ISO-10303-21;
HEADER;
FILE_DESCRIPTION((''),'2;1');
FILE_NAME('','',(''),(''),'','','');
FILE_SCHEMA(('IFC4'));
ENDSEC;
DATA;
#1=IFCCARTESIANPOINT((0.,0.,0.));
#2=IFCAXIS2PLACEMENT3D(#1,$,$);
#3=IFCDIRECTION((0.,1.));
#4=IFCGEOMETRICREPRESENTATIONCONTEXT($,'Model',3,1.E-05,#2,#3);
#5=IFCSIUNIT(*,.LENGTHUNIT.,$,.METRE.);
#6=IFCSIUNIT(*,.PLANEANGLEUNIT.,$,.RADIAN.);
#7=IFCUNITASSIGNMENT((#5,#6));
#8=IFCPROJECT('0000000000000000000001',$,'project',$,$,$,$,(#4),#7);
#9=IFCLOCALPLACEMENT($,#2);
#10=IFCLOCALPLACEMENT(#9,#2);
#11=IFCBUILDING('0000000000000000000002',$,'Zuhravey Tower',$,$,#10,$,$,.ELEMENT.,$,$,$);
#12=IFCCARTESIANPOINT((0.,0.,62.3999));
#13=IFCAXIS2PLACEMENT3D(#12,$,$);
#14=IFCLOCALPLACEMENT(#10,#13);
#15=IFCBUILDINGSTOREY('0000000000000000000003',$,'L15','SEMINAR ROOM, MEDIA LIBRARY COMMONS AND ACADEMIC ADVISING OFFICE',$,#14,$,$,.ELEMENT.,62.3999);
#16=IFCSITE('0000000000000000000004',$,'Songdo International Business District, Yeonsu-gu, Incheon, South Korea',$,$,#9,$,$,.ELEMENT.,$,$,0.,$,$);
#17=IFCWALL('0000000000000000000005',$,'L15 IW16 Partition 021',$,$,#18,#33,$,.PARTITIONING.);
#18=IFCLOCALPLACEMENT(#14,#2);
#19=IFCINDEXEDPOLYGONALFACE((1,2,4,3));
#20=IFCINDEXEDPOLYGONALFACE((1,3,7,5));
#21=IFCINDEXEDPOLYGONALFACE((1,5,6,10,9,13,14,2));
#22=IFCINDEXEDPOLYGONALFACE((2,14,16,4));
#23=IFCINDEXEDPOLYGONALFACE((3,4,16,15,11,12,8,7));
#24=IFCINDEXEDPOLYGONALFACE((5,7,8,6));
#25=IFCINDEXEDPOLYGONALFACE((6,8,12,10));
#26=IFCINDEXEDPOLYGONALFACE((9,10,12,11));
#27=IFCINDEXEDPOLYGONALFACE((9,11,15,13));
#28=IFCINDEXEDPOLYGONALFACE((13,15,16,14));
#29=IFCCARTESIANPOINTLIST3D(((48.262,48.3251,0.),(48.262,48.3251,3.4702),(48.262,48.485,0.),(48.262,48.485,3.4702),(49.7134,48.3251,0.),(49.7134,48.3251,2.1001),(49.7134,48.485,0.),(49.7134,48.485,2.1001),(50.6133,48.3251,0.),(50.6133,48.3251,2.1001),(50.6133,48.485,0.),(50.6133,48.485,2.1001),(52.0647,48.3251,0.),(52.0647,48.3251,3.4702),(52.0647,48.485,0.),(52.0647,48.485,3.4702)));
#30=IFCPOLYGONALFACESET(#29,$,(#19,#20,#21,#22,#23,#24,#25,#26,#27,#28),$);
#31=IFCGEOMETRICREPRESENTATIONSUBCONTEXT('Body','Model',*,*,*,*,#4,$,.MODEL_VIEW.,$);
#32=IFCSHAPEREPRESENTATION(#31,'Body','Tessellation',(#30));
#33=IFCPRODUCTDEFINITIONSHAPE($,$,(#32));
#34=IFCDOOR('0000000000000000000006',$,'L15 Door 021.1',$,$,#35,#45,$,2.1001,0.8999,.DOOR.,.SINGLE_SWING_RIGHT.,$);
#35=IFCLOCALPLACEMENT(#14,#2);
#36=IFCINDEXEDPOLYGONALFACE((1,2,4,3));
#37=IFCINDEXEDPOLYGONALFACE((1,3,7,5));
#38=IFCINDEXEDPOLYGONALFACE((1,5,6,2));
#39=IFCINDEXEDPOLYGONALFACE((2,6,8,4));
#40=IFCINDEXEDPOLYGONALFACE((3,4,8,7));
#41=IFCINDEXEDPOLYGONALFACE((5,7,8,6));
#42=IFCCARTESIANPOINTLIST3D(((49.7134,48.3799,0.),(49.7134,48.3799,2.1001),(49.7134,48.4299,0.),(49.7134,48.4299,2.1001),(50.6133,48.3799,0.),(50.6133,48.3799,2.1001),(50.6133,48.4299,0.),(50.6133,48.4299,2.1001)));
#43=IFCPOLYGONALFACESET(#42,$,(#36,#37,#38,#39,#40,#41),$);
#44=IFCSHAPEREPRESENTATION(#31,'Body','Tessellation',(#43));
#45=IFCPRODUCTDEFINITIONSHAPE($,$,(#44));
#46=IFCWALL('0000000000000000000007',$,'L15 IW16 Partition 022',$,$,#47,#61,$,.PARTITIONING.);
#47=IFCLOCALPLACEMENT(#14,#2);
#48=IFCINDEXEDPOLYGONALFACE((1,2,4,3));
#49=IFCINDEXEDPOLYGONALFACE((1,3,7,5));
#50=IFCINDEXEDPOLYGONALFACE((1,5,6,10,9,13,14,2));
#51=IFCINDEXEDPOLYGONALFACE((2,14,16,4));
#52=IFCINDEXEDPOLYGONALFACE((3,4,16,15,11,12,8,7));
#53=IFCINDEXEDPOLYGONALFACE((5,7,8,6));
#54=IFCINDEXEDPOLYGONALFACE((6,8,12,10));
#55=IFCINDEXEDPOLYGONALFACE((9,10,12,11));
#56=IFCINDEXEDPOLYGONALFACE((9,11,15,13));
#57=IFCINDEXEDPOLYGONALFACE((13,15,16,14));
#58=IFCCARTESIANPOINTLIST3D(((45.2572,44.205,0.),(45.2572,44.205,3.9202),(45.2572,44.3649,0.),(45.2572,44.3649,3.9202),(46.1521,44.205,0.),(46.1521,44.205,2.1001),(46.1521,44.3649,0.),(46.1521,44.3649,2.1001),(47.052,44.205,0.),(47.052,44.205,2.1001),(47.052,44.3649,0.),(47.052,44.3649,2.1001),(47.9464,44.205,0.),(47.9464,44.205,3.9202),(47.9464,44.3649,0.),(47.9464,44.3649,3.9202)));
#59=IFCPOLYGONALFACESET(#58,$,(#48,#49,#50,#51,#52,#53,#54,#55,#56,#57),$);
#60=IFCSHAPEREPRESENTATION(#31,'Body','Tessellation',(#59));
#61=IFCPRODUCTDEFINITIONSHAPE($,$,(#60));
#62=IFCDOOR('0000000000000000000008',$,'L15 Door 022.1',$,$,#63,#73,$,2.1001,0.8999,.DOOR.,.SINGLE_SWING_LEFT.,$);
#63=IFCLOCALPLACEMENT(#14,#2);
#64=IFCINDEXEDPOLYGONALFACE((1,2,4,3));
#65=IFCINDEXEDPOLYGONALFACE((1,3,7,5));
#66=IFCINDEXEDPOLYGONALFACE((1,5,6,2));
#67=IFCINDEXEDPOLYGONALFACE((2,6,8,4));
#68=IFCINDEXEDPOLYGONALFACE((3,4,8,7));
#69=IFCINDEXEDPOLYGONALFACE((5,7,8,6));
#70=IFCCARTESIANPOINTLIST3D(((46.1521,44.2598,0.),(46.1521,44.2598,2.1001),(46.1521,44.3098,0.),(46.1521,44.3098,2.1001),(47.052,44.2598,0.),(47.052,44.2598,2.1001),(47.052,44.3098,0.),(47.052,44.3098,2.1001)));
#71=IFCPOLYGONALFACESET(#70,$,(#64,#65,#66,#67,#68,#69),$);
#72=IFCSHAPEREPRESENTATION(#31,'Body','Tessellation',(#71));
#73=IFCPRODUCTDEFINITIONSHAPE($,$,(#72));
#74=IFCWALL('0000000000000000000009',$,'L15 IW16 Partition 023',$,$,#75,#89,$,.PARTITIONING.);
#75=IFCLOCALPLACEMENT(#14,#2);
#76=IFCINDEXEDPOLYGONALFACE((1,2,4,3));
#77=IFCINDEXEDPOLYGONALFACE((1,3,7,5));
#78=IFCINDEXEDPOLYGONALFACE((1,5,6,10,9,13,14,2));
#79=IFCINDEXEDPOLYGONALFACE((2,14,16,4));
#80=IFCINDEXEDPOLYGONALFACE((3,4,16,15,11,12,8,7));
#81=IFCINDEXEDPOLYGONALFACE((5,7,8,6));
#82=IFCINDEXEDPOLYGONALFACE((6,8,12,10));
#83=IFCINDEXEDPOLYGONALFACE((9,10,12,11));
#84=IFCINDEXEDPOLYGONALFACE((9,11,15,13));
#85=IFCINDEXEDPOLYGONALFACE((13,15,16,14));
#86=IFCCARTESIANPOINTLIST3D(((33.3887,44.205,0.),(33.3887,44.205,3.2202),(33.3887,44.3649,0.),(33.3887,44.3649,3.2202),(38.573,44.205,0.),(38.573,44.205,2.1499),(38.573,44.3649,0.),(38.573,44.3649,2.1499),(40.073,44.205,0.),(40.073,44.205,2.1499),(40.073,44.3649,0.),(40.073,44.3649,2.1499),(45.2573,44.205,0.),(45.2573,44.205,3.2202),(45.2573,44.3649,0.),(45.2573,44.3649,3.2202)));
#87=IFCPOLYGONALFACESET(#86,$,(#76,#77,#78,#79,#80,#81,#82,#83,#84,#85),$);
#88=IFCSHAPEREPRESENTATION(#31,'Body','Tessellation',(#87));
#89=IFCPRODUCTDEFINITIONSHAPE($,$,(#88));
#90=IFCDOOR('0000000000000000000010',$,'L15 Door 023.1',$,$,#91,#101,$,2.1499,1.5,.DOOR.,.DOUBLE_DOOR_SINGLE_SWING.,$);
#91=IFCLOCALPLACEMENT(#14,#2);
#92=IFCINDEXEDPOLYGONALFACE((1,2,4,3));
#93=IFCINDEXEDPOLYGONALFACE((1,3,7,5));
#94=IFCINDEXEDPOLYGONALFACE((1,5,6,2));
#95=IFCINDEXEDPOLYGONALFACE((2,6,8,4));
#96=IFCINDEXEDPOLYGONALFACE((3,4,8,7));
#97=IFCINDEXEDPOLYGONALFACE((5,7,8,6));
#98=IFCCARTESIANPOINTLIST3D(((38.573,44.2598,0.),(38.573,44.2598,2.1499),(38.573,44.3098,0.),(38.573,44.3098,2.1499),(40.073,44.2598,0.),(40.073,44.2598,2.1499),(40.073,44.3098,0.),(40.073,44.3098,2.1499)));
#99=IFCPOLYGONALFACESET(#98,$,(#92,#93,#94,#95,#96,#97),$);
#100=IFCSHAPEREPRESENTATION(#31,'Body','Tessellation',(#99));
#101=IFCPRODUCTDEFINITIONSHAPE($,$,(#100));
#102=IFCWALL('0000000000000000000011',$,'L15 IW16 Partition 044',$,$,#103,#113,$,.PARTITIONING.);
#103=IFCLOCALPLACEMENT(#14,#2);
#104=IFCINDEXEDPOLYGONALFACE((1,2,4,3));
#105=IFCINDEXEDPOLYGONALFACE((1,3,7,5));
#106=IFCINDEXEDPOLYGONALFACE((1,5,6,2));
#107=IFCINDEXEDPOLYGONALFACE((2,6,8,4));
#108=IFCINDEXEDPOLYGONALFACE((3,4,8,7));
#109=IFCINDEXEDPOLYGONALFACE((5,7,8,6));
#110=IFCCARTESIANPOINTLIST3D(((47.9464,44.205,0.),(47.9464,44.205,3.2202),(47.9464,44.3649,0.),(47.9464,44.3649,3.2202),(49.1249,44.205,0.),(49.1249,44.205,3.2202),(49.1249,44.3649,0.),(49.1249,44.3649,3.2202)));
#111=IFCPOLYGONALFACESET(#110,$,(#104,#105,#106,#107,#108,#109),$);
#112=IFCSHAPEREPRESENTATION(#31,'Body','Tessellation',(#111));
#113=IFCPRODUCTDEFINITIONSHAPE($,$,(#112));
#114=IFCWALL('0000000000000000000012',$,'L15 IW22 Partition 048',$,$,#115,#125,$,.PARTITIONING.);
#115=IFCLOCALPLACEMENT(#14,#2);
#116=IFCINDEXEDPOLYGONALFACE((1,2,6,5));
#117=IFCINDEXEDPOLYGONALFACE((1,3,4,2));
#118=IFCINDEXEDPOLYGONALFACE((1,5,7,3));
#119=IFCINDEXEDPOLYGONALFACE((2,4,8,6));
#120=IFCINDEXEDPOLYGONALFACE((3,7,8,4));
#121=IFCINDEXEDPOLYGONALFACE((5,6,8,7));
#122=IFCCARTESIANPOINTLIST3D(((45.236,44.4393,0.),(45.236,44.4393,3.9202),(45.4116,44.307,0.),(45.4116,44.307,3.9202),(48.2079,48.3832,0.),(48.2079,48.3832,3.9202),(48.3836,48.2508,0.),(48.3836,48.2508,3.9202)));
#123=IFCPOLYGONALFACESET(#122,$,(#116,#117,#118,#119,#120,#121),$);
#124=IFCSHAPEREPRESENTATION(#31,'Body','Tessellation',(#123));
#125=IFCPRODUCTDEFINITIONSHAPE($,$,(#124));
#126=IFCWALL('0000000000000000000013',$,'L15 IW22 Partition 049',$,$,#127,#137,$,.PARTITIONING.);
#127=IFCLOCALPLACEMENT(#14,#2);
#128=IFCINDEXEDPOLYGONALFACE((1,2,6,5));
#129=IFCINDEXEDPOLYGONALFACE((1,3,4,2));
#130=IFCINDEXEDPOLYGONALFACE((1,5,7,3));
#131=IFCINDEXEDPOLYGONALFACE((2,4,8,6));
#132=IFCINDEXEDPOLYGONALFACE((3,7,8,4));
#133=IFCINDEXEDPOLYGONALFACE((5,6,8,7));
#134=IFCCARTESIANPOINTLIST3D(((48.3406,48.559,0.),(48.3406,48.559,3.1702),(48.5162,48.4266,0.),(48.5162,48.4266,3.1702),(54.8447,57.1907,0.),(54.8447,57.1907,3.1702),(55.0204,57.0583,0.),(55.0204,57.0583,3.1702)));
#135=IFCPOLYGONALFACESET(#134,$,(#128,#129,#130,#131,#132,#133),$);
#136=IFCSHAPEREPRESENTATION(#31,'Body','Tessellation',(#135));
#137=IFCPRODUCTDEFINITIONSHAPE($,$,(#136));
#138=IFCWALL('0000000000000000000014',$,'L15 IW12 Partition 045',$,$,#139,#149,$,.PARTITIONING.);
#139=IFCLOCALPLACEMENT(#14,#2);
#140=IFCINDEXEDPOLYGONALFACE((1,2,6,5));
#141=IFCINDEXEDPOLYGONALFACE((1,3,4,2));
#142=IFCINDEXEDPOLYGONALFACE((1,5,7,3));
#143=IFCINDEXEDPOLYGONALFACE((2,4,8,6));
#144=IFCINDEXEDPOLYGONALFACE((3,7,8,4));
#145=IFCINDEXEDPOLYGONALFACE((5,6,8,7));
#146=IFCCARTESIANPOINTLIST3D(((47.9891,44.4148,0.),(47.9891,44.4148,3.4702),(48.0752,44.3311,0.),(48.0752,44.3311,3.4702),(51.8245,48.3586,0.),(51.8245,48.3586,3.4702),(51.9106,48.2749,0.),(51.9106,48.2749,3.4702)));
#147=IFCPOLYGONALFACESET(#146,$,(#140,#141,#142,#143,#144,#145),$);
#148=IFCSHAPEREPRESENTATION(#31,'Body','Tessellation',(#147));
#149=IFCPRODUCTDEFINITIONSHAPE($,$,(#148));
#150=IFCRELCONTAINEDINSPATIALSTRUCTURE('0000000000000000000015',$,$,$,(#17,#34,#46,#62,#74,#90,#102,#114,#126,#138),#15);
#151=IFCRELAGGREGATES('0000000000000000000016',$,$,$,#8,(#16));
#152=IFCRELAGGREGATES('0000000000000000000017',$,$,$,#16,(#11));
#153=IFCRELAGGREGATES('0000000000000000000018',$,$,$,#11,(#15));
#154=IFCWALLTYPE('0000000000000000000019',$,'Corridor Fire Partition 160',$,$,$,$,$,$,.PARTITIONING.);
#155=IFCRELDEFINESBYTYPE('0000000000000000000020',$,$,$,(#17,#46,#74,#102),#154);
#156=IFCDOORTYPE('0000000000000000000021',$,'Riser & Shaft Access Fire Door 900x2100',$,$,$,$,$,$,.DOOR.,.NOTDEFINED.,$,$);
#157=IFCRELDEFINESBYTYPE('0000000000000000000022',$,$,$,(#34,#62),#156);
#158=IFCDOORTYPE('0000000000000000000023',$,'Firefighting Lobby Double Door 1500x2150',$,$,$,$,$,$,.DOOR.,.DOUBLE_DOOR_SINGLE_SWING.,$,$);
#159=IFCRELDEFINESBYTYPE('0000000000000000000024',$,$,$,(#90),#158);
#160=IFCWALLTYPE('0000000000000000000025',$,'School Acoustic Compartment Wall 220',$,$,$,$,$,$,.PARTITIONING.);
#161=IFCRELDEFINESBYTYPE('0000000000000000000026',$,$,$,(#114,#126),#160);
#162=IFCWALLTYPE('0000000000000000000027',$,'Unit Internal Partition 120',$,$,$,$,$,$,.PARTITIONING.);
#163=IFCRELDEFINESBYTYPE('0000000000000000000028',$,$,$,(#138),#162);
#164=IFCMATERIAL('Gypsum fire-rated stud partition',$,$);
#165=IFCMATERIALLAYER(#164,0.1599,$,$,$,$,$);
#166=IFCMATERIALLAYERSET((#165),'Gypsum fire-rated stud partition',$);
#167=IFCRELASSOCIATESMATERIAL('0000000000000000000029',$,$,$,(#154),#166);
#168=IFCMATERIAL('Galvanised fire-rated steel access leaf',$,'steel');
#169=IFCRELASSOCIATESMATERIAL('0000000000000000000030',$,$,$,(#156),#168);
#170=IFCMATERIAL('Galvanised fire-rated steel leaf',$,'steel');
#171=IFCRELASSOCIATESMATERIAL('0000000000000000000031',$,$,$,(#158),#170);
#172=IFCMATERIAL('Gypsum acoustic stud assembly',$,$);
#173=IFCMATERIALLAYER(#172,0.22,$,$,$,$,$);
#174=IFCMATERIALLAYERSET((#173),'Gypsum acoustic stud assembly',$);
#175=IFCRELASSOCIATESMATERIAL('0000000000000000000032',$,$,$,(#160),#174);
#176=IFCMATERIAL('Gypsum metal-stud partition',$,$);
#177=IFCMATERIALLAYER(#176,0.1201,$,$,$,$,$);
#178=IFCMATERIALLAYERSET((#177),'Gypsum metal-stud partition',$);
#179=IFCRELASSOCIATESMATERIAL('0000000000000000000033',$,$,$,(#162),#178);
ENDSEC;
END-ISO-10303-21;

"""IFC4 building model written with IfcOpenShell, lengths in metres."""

from ifc_helpers import new_model, si_unit, direction, frame, frame_2d, origin, place, context, subcontext, project, spatial, rectangle, extrude, material, layer, layer_set, type_object, element, fill, save


model = new_model("IFC4")

# Units and contexts
model_context = context("Model", 3, precision=1e-05, world=origin(), true_north=direction((0.0, 1.0)))
body_context = subcontext(model_context, "Body", "Model", "MODEL_VIEW")
ifc_project = project(units=[si_unit("LENGTHUNIT", "METRE"), si_unit("PLANEANGLEUNIT", "RADIAN")], contexts=[model_context])

# Site, building, storey
site_placement = place(None, origin())
site = spatial("IfcSite", under=ifc_project, at=site_placement, Name="Songdo International Business District, Yeonsu-gu, Incheon, South Korea", CompositionType="ELEMENT", RefElevation=0.0)
building_placement = place(site_placement, origin())
building = spatial("IfcBuilding", under=site, at=building_placement, Name="Zuhravey Tower", CompositionType="ELEMENT")
storey_placement = place(building_placement, frame((0.0, 0.0, 62.3999)))
storey = spatial("IfcBuildingStorey", under=building, at=storey_placement, Name="L15", Description="SEMINAR ROOM, MEDIA LIBRARY COMMONS AND ACADEMIC ADVISING OFFICE", CompositionType="ELEMENT", Elevation=62.3999)

# Walls, openings, doors
ifc_material_1 = material(Name="Gypsum fire-rated stud partition")
ifc_layer_1 = layer(ifc_material_1, 0.1599)
ifc_layer_set_1 = layer_set([ifc_layer_1], Name="Gypsum fire-rated stud partition")
wall_type_1 = type_object("IfcWallType", Name="Corridor Fire Partition 160", PredefinedType="PARTITIONING", material=ifc_layer_set_1)
wall_1_placement = place(storey_placement, frame((48.262, 48.405, 0.0), z_axis=(0.0, 0.0, 1.0), x_axis=(1.0, 0.0, 0.0)))
wall_1 = element("IfcWall", 1, at=wall_1_placement, inside=storey, type_object=wall_type_1, Name="L15 IW16 Partition 021", PredefinedType="PARTITIONING", context=body_context, shape_type="SweptSolid", body=[
    extrude(rectangle(XDim=3.8027, YDim=0.1599, at=frame_2d((1.9014, 0.0))), origin(), (0.0, 0.0, 1.0), 3.4702),
])
opening_1_placement = place(wall_1_placement, frame((1.4514, 0.0, 0.0)))
opening_1 = element("IfcOpeningElement", 2, at=opening_1_placement, cuts=wall_1, PredefinedType="OPENING", context=body_context, shape_type="SweptSolid", body=[
    extrude(rectangle(XDim=0.8999, YDim=2.1001, at=frame_2d((0.45, 1.05))), frame((0.0, 0.092, 0.0), z_axis=(0.0, -1.0, 0.0), x_axis=(1.0, 0.0, 0.0)), (0.0, 0.0, 1.0), 0.1838),
])
ifc_material_2 = material(Name="Galvanised fire-rated steel access leaf", Category="steel")
door_type_1 = type_object("IfcDoorType", Name="Riser & Shaft Access Fire Door 900x2100", OperationType="NOTDEFINED", PredefinedType="DOOR", material=ifc_material_2)
door_1_placement = place(opening_1_placement, origin())
door_1 = element("IfcDoor", 3, at=door_1_placement, inside=storey, type_object=door_type_1, Name="L15 Door 021.1", OperationType="SINGLE_SWING_RIGHT", OverallHeight=2.1001, OverallWidth=0.8999, PredefinedType="DOOR", context=body_context, shape_type="SweptSolid", body=[
    extrude(rectangle(XDim=0.8999, YDim=2.1001, at=frame_2d((0.45, 1.05))), frame((0.0, 0.0249, 0.0), z_axis=(0.0, -1.0, 0.0), x_axis=(1.0, 0.0, 0.0)), (0.0, 0.0, 1.0), 0.05),
])
fill(opening_1, door_1)
wall_2_placement = place(storey_placement, frame((47.9465, 44.2849, 0.0), z_axis=(0.0, 0.0, 1.0), x_axis=(-1.0, 0.0, 0.0)))
wall_2 = element("IfcWall", 4, at=wall_2_placement, inside=storey, type_object=wall_type_1, Name="L15 IW16 Partition 022", PredefinedType="PARTITIONING", context=body_context, shape_type="SweptSolid", body=[
    extrude(rectangle(XDim=2.6892, YDim=0.1599, at=frame_2d((1.3447, 0.0))), origin(), (0.0, 0.0, 1.0), 3.9202),
])
opening_2_placement = place(wall_2_placement, frame((0.8945, 0.0, 0.0)))
opening_2 = element("IfcOpeningElement", 5, at=opening_2_placement, cuts=wall_2, PredefinedType="OPENING", context=body_context, shape_type="SweptSolid", body=[
    extrude(rectangle(XDim=0.8999, YDim=2.1001, at=frame_2d((0.45, 1.05))), frame((0.0, 0.092, 0.0), z_axis=(0.0, -1.0, 0.0), x_axis=(1.0, 0.0, 0.0)), (0.0, 0.0, 1.0), 0.1838),
])
door_2_placement = place(opening_2_placement, frame((0.8999, 0.0, 0.0), z_axis=(0.0, 0.0, 1.0), x_axis=(-1.0, 0.0, 0.0)))
door_2 = element("IfcDoor", 6, at=door_2_placement, inside=storey, type_object=door_type_1, Name="L15 Door 022.1", OperationType="SINGLE_SWING_LEFT", OverallHeight=2.1001, OverallWidth=0.8999, PredefinedType="DOOR", context=body_context, shape_type="SweptSolid", body=[
    extrude(rectangle(XDim=0.8999, YDim=2.1001, at=frame_2d((0.45, 1.05))), frame((0.0, 0.0249, 0.0), z_axis=(0.0, -1.0, 0.0), x_axis=(1.0, 0.0, 0.0)), (0.0, 0.0, 1.0), 0.05),
])
fill(opening_2, door_2)
wall_3_placement = place(storey_placement, frame((45.2573, 44.2849, 0.0), z_axis=(0.0, 0.0, 1.0), x_axis=(-1.0, 0.0, 0.0)))
wall_3 = element("IfcWall", 7, at=wall_3_placement, inside=storey, type_object=wall_type_1, Name="L15 IW16 Partition 023", PredefinedType="PARTITIONING", context=body_context, shape_type="SweptSolid", body=[
    extrude(rectangle(XDim=11.8687, YDim=0.1599, at=frame_2d((5.9343, 0.0))), origin(), (0.0, 0.0, 1.0), 3.2202),
])
opening_3_placement = place(wall_3_placement, frame((5.1843, 0.0, 0.0)))
opening_3 = element("IfcOpeningElement", 8, at=opening_3_placement, cuts=wall_3, PredefinedType="OPENING", context=body_context, shape_type="SweptSolid", body=[
    extrude(rectangle(XDim=1.5, YDim=2.1499, at=frame_2d((0.75, 1.075))), frame((0.0, 0.092, 0.0), z_axis=(0.0, -1.0, 0.0), x_axis=(1.0, 0.0, 0.0)), (0.0, 0.0, 1.0), 0.1838),
])
ifc_material_3 = material(Name="Galvanised fire-rated steel leaf", Category="steel")
door_type_2 = type_object("IfcDoorType", Name="Firefighting Lobby Double Door 1500x2150", OperationType="DOUBLE_DOOR_SINGLE_SWING", PredefinedType="DOOR", material=ifc_material_3)
door_3_placement = place(opening_3_placement, frame((1.5, 0.0, 0.0), z_axis=(0.0, 0.0, 1.0), x_axis=(-1.0, 0.0, 0.0)))
door_3 = element("IfcDoor", 9, at=door_3_placement, inside=storey, type_object=door_type_2, Name="L15 Door 023.1", OperationType="DOUBLE_DOOR_SINGLE_SWING", OverallHeight=2.1499, OverallWidth=1.5, PredefinedType="DOOR", context=body_context, shape_type="SweptSolid", body=[
    extrude(rectangle(XDim=1.5, YDim=2.1499, at=frame_2d((0.75, 1.075))), frame((0.0, 0.0249, 0.0), z_axis=(0.0, -1.0, 0.0), x_axis=(1.0, 0.0, 0.0)), (0.0, 0.0, 1.0), 0.05),
])
fill(opening_3, door_3)

# Walls
wall_4_placement = place(storey_placement, frame((49.125, 44.2849, 0.0), z_axis=(0.0, 0.0, 1.0), x_axis=(-1.0, 0.0, 0.0)))
element("IfcWall", 10, at=wall_4_placement, inside=storey, type_object=wall_type_1, Name="L15 IW16 Partition 044", PredefinedType="PARTITIONING", context=body_context, shape_type="SweptSolid", body=[
    extrude(rectangle(XDim=1.1785, YDim=0.1599, at=frame_2d((0.5894, 0.0))), origin(), (0.0, 0.0, 1.0), 3.2202),
])
ifc_material_4 = material(Name="Gypsum acoustic stud assembly")
ifc_layer_2 = layer(ifc_material_4, 0.22)
ifc_layer_set_2 = layer_set([ifc_layer_2], Name="Gypsum acoustic stud assembly")
wall_type_2 = type_object("IfcWallType", Name="School Acoustic Compartment Wall 220", PredefinedType="PARTITIONING", material=ifc_layer_set_2)
wall_5_placement = place(storey_placement, frame((45.3237, 44.373, 0.0), z_axis=(0.0, 0.0, 1.0), x_axis=(0.601818, 0.798633, 0.0)))
element("IfcWall", 11, at=wall_5_placement, inside=storey, type_object=wall_type_2, Name="L15 IW22 Partition 048", PredefinedType="PARTITIONING", context=body_context, shape_type="SweptSolid", body=[
    extrude(rectangle(XDim=4.9382, YDim=0.22, at=frame_2d((2.4692, 0.0))), origin(), (0.0, 0.0, 1.0), 3.9202),
])
wall_6_placement = place(storey_placement, frame((48.4285, 48.4929, 0.0), z_axis=(0.0, 0.0, 1.0), x_axis=(0.601802, 0.798645, 0.0)))
element("IfcWall", 12, at=wall_6_placement, inside=storey, type_object=wall_type_2, Name="L15 IW22 Partition 049", PredefinedType="PARTITIONING", context=body_context, shape_type="SweptSolid", body=[
    extrude(rectangle(XDim=10.8079, YDim=0.22, at=frame_2d((5.4038, 0.0))), origin(), (0.0, 0.0, 1.0), 3.1702),
])
ifc_material_5 = material(Name="Gypsum metal-stud partition")
ifc_layer_3 = layer(ifc_material_5, 0.1201)
ifc_layer_set_3 = layer_set([ifc_layer_3], Name="Gypsum metal-stud partition")
wall_type_3 = type_object("IfcWallType", Name="Unit Internal Partition 120", PredefinedType="PARTITIONING", material=ifc_layer_set_3)
wall_7_placement = place(storey_placement, frame((48.0322, 44.373, 0.0), z_axis=(0.0, 0.0, 1.0), x_axis=(0.697186, 0.71689, 0.0)))
element("IfcWall", 13, at=wall_7_placement, inside=storey, type_object=wall_type_3, Name="L15 IW12 Partition 045", PredefinedType="PARTITIONING", context=body_context, shape_type="SweptSolid", body=[
    extrude(rectangle(XDim=5.5012, YDim=0.1201, at=frame_2d((2.7505, 0.0))), origin(), (0.0, 0.0, 1.0), 3.4702),
])

save(model, "model.ifc")
